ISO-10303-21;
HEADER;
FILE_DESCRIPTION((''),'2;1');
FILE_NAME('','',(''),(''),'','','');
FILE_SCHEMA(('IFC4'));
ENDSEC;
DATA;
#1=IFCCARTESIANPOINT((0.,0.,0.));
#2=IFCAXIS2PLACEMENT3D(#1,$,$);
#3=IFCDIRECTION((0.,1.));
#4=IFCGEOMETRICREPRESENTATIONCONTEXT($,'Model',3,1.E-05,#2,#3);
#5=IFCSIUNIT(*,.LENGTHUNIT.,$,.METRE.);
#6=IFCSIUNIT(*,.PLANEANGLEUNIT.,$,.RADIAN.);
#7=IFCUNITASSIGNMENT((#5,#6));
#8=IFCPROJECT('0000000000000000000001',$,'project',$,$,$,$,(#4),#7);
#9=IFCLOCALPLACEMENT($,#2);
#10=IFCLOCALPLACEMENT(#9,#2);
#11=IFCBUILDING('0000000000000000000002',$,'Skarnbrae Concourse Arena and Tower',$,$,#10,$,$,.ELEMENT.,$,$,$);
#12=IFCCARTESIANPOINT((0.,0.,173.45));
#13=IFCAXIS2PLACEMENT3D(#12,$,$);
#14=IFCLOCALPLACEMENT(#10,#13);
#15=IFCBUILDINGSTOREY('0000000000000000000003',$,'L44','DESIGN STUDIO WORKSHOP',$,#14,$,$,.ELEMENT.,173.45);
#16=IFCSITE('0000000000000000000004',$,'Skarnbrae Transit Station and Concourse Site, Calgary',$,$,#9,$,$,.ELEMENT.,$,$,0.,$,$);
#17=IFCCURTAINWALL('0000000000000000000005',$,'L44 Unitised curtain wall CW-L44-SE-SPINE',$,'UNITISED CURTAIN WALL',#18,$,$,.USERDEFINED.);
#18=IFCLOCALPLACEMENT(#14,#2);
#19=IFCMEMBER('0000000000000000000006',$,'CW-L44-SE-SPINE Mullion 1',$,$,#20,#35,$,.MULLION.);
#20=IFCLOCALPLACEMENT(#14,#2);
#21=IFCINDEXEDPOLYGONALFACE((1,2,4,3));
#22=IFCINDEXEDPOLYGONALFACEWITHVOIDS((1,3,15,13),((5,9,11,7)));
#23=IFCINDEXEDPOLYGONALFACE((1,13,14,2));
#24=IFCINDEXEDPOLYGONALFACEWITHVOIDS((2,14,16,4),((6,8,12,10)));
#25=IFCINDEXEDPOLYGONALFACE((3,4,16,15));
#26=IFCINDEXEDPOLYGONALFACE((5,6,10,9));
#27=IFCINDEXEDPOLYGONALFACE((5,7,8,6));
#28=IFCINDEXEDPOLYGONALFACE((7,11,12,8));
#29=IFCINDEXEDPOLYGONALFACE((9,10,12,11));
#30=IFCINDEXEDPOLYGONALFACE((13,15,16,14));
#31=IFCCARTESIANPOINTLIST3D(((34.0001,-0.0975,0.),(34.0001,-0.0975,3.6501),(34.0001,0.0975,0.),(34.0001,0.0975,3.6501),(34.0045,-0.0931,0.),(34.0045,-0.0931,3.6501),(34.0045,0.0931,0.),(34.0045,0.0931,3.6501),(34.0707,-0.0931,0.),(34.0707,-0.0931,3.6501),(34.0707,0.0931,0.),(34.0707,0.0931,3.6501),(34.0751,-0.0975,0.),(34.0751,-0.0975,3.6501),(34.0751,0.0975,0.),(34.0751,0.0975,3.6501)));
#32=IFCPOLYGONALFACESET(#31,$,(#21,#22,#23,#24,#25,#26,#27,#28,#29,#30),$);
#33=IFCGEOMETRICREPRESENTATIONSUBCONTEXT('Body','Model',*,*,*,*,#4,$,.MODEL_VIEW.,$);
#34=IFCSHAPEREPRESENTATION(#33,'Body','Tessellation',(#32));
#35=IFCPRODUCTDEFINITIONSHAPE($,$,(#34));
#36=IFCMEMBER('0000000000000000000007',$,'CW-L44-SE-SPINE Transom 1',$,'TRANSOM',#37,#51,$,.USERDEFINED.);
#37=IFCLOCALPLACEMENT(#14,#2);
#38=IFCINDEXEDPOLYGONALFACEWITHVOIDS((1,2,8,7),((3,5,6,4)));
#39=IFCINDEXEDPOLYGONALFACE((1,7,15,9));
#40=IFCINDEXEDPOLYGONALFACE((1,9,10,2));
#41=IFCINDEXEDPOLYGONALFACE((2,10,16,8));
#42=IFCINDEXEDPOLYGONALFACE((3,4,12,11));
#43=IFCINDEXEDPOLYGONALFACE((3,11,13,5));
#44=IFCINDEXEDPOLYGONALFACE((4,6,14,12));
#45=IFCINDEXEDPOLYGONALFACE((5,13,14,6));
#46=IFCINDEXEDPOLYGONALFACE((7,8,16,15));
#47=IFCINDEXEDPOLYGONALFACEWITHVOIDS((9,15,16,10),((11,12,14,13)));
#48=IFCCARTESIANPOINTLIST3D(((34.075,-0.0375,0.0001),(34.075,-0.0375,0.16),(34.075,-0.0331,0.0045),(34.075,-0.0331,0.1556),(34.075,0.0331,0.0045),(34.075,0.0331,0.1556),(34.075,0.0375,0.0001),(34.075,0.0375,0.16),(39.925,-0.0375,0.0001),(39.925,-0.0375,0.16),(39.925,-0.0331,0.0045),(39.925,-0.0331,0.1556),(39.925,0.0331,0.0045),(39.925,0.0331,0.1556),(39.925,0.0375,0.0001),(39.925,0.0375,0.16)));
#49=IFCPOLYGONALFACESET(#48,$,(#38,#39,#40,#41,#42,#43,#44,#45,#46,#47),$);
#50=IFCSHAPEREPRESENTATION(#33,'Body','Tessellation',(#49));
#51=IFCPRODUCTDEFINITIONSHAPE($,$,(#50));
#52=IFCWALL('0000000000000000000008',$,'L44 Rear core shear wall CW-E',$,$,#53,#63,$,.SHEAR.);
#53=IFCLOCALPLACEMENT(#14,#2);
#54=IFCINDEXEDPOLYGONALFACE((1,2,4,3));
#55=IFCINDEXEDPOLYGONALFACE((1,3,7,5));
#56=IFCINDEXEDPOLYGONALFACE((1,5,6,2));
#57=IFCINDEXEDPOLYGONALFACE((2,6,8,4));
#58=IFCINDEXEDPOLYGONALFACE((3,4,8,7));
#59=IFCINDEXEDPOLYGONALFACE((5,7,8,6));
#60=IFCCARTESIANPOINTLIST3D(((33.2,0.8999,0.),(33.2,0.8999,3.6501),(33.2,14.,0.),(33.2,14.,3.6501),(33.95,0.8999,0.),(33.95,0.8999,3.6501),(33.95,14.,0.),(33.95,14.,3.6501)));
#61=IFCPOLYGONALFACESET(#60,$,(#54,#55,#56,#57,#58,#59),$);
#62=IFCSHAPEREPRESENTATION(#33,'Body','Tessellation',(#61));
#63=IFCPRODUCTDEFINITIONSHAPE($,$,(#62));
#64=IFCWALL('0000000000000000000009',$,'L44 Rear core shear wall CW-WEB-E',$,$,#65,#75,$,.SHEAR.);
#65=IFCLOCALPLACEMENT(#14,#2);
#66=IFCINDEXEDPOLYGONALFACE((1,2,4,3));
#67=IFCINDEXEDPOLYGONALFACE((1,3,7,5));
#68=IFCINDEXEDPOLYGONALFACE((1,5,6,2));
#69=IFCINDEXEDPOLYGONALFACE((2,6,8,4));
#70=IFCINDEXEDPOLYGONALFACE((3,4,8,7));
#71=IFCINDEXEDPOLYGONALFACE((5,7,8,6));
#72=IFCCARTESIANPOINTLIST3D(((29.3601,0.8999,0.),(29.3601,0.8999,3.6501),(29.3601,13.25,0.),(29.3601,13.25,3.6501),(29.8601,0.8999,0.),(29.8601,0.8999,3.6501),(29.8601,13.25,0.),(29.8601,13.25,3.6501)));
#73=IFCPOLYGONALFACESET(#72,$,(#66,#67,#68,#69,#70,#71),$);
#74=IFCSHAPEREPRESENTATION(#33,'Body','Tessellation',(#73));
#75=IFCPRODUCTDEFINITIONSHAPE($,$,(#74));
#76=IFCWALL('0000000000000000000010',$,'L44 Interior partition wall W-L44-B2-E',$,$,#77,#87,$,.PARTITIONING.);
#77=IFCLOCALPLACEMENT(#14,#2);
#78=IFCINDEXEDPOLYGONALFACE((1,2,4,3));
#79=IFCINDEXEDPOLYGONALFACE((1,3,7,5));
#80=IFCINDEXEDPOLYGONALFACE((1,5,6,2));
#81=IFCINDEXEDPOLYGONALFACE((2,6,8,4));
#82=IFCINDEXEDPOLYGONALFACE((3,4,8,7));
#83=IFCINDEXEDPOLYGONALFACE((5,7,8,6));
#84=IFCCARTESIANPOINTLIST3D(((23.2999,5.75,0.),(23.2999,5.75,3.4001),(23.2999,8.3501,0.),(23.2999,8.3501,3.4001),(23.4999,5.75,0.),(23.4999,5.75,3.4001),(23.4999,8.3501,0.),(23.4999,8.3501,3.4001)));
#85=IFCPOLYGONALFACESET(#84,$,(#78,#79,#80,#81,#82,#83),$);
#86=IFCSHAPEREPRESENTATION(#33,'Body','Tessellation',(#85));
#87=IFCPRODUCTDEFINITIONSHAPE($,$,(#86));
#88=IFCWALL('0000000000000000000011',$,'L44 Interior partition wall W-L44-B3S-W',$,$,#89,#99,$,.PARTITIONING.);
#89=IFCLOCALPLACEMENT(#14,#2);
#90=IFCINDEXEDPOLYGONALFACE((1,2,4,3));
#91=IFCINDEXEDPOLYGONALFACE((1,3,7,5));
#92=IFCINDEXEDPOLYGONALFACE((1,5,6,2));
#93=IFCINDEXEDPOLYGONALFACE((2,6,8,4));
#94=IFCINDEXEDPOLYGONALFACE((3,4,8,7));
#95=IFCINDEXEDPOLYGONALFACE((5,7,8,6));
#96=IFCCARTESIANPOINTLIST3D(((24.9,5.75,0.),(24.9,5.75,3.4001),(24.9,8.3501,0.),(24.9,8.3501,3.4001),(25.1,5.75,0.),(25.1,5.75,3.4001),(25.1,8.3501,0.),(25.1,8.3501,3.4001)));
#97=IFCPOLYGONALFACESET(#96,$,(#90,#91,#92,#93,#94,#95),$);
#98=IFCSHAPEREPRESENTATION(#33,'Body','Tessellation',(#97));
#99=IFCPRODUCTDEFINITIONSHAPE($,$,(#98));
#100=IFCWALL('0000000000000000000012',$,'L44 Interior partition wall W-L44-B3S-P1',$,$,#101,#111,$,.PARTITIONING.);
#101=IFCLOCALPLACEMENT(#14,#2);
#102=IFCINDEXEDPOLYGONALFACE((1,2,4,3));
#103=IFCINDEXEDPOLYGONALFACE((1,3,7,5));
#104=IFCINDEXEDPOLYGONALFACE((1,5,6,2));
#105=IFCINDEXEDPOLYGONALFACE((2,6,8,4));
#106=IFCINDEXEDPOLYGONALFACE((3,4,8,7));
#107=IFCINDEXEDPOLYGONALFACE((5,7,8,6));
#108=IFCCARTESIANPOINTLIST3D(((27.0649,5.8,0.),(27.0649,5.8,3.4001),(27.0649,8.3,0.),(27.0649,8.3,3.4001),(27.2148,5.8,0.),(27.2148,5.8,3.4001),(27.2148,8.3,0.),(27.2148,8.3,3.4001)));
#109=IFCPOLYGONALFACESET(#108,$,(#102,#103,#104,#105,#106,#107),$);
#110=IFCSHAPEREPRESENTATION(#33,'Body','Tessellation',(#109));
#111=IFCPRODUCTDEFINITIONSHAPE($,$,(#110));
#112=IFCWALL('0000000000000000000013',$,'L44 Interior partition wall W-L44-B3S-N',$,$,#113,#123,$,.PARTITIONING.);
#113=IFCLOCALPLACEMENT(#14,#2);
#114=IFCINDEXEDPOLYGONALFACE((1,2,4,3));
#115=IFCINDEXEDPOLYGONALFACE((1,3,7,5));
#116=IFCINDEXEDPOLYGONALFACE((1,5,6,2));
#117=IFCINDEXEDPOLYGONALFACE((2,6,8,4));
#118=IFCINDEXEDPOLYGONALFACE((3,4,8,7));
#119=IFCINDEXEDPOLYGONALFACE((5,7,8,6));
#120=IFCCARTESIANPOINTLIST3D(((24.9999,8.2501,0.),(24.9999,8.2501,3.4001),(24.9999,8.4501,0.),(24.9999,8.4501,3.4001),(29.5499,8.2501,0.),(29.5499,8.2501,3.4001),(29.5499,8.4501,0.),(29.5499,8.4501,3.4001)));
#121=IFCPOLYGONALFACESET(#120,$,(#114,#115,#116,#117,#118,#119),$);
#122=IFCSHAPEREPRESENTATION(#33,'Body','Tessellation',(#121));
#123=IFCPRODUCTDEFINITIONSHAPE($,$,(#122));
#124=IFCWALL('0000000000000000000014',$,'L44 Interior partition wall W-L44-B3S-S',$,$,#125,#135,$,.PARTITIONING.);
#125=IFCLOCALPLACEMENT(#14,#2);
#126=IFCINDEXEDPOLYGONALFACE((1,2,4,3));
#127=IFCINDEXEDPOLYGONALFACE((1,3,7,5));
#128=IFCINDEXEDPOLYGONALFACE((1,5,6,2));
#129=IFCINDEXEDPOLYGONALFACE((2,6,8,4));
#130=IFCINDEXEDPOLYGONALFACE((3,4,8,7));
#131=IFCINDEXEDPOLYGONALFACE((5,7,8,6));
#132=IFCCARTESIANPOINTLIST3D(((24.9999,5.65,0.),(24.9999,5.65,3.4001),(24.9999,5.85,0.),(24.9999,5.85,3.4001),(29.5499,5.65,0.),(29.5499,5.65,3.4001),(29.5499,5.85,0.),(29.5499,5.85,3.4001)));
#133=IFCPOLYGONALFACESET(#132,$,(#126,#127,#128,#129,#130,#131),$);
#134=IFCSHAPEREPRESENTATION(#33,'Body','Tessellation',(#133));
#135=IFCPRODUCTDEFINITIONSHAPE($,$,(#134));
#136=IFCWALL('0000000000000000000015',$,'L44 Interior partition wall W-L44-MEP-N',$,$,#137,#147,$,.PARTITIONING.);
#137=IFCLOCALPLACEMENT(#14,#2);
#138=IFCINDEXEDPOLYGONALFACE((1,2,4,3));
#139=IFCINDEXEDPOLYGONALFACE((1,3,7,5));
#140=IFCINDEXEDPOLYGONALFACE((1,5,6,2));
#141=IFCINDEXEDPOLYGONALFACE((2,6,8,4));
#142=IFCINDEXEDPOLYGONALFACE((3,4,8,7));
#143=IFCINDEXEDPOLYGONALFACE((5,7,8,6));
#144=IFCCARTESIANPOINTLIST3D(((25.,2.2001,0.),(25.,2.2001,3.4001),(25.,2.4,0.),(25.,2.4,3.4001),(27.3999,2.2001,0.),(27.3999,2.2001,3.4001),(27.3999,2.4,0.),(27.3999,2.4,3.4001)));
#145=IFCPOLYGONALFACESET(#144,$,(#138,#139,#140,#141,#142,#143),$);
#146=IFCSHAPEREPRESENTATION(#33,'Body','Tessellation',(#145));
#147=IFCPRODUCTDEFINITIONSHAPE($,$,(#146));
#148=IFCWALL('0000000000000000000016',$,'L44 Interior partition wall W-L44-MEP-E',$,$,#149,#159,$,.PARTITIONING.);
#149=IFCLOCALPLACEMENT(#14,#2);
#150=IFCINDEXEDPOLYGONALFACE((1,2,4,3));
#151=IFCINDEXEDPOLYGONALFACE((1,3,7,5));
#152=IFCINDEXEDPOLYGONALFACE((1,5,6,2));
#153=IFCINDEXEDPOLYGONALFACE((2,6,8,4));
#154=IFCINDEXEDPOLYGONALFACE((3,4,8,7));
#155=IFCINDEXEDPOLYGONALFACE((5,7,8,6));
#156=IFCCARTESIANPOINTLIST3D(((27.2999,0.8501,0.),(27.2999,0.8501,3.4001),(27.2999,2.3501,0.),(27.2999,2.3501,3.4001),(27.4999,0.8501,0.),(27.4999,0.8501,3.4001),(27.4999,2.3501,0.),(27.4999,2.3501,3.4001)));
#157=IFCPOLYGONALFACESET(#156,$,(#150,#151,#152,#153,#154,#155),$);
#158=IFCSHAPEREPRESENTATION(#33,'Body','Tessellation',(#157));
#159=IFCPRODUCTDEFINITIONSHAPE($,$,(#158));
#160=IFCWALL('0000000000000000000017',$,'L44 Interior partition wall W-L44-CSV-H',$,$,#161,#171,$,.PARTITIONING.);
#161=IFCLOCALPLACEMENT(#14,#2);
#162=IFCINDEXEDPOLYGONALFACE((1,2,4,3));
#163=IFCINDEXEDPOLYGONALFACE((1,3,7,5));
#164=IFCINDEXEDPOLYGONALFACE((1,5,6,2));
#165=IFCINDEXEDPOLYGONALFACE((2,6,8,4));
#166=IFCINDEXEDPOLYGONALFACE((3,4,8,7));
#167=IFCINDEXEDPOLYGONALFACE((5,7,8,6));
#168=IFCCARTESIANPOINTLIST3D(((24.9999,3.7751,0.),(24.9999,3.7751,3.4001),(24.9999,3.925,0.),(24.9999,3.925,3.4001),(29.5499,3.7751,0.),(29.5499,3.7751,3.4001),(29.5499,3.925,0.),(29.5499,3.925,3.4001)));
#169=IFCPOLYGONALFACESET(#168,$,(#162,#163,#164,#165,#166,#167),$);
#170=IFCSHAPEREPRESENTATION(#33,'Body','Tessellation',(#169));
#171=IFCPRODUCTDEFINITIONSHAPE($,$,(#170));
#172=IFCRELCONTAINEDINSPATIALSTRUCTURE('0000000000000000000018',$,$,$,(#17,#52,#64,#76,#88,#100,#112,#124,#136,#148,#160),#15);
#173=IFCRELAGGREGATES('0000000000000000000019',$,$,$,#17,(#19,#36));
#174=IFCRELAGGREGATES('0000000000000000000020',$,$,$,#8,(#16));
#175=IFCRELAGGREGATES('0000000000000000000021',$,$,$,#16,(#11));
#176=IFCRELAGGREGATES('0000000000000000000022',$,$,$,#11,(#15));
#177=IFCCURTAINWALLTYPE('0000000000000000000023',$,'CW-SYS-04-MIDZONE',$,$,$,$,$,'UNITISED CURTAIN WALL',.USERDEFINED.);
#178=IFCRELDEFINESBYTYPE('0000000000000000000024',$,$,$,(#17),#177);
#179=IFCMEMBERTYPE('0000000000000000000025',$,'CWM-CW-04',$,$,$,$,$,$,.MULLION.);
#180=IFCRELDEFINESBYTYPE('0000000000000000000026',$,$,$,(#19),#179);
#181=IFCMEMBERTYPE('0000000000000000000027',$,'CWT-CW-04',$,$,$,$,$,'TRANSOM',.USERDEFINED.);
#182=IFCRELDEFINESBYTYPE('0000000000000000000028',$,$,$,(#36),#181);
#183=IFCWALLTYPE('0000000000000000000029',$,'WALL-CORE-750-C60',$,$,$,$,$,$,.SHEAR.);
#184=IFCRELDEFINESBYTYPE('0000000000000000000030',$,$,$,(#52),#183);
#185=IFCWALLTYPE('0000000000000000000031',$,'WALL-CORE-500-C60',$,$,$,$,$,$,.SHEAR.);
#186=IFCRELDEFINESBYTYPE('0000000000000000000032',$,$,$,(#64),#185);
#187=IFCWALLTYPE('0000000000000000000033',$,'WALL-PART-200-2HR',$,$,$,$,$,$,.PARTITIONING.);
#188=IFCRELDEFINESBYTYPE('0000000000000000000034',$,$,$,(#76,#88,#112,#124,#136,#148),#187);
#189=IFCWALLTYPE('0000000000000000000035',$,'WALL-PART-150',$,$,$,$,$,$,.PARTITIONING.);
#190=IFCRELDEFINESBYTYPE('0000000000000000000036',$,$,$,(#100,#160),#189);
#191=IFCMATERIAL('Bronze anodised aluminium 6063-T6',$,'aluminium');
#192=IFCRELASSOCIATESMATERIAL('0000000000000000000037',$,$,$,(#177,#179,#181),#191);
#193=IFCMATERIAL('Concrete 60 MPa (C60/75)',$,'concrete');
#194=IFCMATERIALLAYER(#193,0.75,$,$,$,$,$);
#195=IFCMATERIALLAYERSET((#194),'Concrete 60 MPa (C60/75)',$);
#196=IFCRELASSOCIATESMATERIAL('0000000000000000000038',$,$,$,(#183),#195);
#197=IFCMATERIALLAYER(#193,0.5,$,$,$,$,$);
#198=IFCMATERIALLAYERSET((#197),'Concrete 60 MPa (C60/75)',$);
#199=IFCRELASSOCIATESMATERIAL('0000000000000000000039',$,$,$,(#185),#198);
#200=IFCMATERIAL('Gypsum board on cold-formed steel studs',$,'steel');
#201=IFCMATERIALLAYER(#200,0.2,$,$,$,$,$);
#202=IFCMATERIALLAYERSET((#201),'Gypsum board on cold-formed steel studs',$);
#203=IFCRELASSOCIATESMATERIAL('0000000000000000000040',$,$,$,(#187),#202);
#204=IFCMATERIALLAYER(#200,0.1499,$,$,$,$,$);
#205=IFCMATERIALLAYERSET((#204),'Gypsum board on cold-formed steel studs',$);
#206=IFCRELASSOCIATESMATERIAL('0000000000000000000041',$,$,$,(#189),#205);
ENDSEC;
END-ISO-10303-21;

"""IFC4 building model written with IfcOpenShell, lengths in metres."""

from ifc_helpers import new_model, si_unit, direction, frame, frame_2d, origin, origin_2d, place, context, subcontext, project, spatial, rectangle, hollow_rectangle, extrude, source, transform, mapped, material, layer, layer_set, material_profile, profile_set, type_object, element, aggregate, save


model = new_model("IFC4")

# Units and contexts
model_context = context("Model", 3, precision=1e-05, world=origin(), true_north=direction((0.0, 1.0)))
body_context = subcontext(model_context, "Body", "Model", "MODEL_VIEW")
ifc_project = project(units=[si_unit("LENGTHUNIT", "METRE"), si_unit("PLANEANGLEUNIT", "RADIAN")], contexts=[model_context])

# Site, building, storey
site_placement = place(None, origin())
site = spatial("IfcSite", under=ifc_project, at=site_placement, Name="Skarnbrae Transit Station and Concourse Site, Calgary", CompositionType="ELEMENT", RefElevation=0.0)
building_placement = place(site_placement, origin())
building = spatial("IfcBuilding", under=site, at=building_placement, Name="Skarnbrae Concourse Arena and Tower", CompositionType="ELEMENT")
storey_placement = place(building_placement, frame((0.0, 0.0, 173.45)))
storey = spatial("IfcBuildingStorey", under=building, at=storey_placement, Name="L44", Description="DESIGN STUDIO WORKSHOP", CompositionType="ELEMENT", Elevation=173.45)

# Curtain wall, members
ifc_material_1 = material(Name="Bronze anodised aluminium 6063-T6", Category="aluminium")
curtain_wall_type = type_object("IfcCurtainWallType", Name="CW-SYS-04-MIDZONE", ElementType="UNITISED CURTAIN WALL", PredefinedType="USERDEFINED", material=ifc_material_1)
curtain_wall_placement = place(storey_placement, origin())
curtain_wall = element("IfcCurtainWall", 1, at=curtain_wall_placement, inside=storey, type_object=curtain_wall_type, Name="L44 Unitised curtain wall CW-L44-SE-SPINE", ObjectType="UNITISED CURTAIN WALL", PredefinedType="USERDEFINED")
ifc_material_profile_1 = material_profile(ifc_material_1, hollow_rectangle(XDim=0.075, YDim=0.1951, WallThickness=0.0044, at=origin_2d()), Name="ALU-MULL-75X195")
ifc_profile_set_1 = profile_set([ifc_material_profile_1], Name="Bronze anodised aluminium 6063-T6")
member_type_1 = type_object("IfcMemberType", Name="CWM-CW-04", PredefinedType="MULLION", material=ifc_profile_set_1)
shared_shape_1 = source(origin(), body_context, "Body", "SweptSolid", [
    extrude(hollow_rectangle(XDim=0.075, YDim=0.1951, WallThickness=0.0044, at=origin_2d()), origin(), (0.0, 0.0, 1.0), 3.6501),
])
member_1_placement = place(storey_placement, frame((34.0376, 0.0, 0.0), z_axis=(0.0, 0.0, 1.0), x_axis=(1.0, 0.0, 0.0)))
member_1 = element("IfcMember", 2, at=member_1_placement, type_object=member_type_1, Name="CW-L44-SE-SPINE Mullion 1", PredefinedType="MULLION", context=body_context, shape_type="MappedRepresentation", body=[
    mapped(shared_shape_1, transform((0.0, 0.0, 0.0))),
])
ifc_material_profile_2 = material_profile(ifc_material_1, hollow_rectangle(XDim=0.075, YDim=0.1599, WallThickness=0.0044, at=origin_2d()), Name="ALU-TRAN-75X160")
ifc_profile_set_2 = profile_set([ifc_material_profile_2], Name="Bronze anodised aluminium 6063-T6")
member_type_2 = type_object("IfcMemberType", Name="CWT-CW-04", ElementType="TRANSOM", PredefinedType="USERDEFINED", material=ifc_profile_set_2)
shared_shape_2 = source(origin(), body_context, "Body", "SweptSolid", [
    extrude(hollow_rectangle(XDim=0.075, YDim=0.1599, WallThickness=0.0044, at=origin_2d()), origin(), (0.0, 0.0, 1.0), 5.8501),
])
member_2_placement = place(storey_placement, frame((34.075, 0.0, 0.0801), z_axis=(1.0, 0.0, 0.0), x_axis=(0.0, 1.0, 0.0)))
member_2 = element("IfcMember", 3, at=member_2_placement, type_object=member_type_2, Name="CW-L44-SE-SPINE Transom 1", ObjectType="TRANSOM", PredefinedType="USERDEFINED", context=body_context, shape_type="MappedRepresentation", body=[
    mapped(shared_shape_2, transform((0.0, 0.0, 0.0))),
])
aggregate(curtain_wall, [member_1, member_2])

# Walls
ifc_material_2 = material(Name="Concrete 60 MPa (C60/75)", Category="concrete")
ifc_layer_1 = layer(ifc_material_2, 0.75)
ifc_layer_set_1 = layer_set([ifc_layer_1], Name="Concrete 60 MPa (C60/75)")
wall_type_1 = type_object("IfcWallType", Name="WALL-CORE-750-C60", PredefinedType="SHEAR", material=ifc_layer_set_1)
shared_shape_3 = source(origin(), body_context, "Body", "SweptSolid", [
    extrude(rectangle(XDim=13.1001, YDim=0.75, at=frame_2d((6.55, 0.0))), origin(), (0.0, 0.0, 1.0), 3.6501),
])
wall_1_placement = place(storey_placement, frame((33.575, 0.8999, 0.0), z_axis=(0.0, 0.0, 1.0), x_axis=(0.0, 1.0, 0.0)))
element("IfcWall", 4, at=wall_1_placement, inside=storey, type_object=wall_type_1, Name="L44 Rear core shear wall CW-E", PredefinedType="SHEAR", context=body_context, shape_type="MappedRepresentation", body=[
    mapped(shared_shape_3, transform((0.0, 0.0, 0.0))),
])
ifc_layer_2 = layer(ifc_material_2, 0.5)
ifc_layer_set_2 = layer_set([ifc_layer_2], Name="Concrete 60 MPa (C60/75)")
wall_type_2 = type_object("IfcWallType", Name="WALL-CORE-500-C60", PredefinedType="SHEAR", material=ifc_layer_set_2)
shared_shape_4 = source(origin(), body_context, "Body", "SweptSolid", [
    extrude(rectangle(XDim=12.3501, YDim=0.5, at=frame_2d((6.175, 0.0))), origin(), (0.0, 0.0, 1.0), 3.6501),
])
wall_2_placement = place(storey_placement, frame((29.6101, 0.8999, 0.0), z_axis=(0.0, 0.0, 1.0), x_axis=(0.0, 1.0, 0.0)))
element("IfcWall", 5, at=wall_2_placement, inside=storey, type_object=wall_type_2, Name="L44 Rear core shear wall CW-WEB-E", PredefinedType="SHEAR", context=body_context, shape_type="MappedRepresentation", body=[
    mapped(shared_shape_4, transform((0.0, 0.0, 0.0))),
])
ifc_material_3 = material(Name="Gypsum board on cold-formed steel studs", Category="steel")
ifc_layer_3 = layer(ifc_material_3, 0.2)
ifc_layer_set_3 = layer_set([ifc_layer_3], Name="Gypsum board on cold-formed steel studs")
wall_type_3 = type_object("IfcWallType", Name="WALL-PART-200-2HR", PredefinedType="PARTITIONING", material=ifc_layer_set_3)
shared_shape_5 = source(origin(), body_context, "Body", "SweptSolid", [
    extrude(rectangle(XDim=2.6001, YDim=0.2, at=frame_2d((1.3, 0.0))), origin(), (0.0, 0.0, 1.0), 3.4001),
])
for number, where, z_axis, x_axis, name in (
    (6, (23.3999, 5.75, 0.0), (0.0, 0.0, 1.0), (0.0, 1.0, 0.0), "L44 Interior partition wall W-L44-B2-E"),
    (7, (25.0, 5.75, 0.0), (0.0, 0.0, 1.0), (0.0, 1.0, 0.0), "L44 Interior partition wall W-L44-B3S-W"),
):
    element("IfcWall", number, at=place(storey_placement, frame(where, z_axis=z_axis, x_axis=x_axis)), inside=storey, type_object=wall_type_3, Name=name, PredefinedType="PARTITIONING", context=body_context, shape_type="MappedRepresentation", body=[
        mapped(shared_shape_5, transform((0.0, 0.0, 0.0))),
    ])
ifc_layer_4 = layer(ifc_material_3, 0.1499)
ifc_layer_set_4 = layer_set([ifc_layer_4], Name="Gypsum board on cold-formed steel studs")
wall_type_4 = type_object("IfcWallType", Name="WALL-PART-150", PredefinedType="PARTITIONING", material=ifc_layer_set_4)
shared_shape_6 = source(origin(), body_context, "Body", "SweptSolid", [
    extrude(rectangle(XDim=2.5, YDim=0.1499, at=frame_2d((1.25, 0.0))), origin(), (0.0, 0.0, 1.0), 3.4001),
])
wall_3_placement = place(storey_placement, frame((27.1399, 5.8, 0.0), z_axis=(0.0, 0.0, 1.0), x_axis=(0.0, 1.0, 0.0)))
element("IfcWall", 8, at=wall_3_placement, inside=storey, type_object=wall_type_4, Name="L44 Interior partition wall W-L44-B3S-P1", PredefinedType="PARTITIONING", context=body_context, shape_type="MappedRepresentation", body=[
    mapped(shared_shape_6, transform((0.0, 0.0, 0.0))),
])
shared_shape_7 = source(origin(), body_context, "Body", "SweptSolid", [
    extrude(rectangle(XDim=4.55, YDim=0.2, at=frame_2d((2.2749, 0.0))), origin(), (0.0, 0.0, 1.0), 3.4001),
])
for number, where, z_axis, x_axis, name in (
    (9, (25.0, 8.3501, 0.0), (0.0, 0.0, 1.0), (1.0, 0.0, 0.0), "L44 Interior partition wall W-L44-B3S-N"),
    (10, (25.0, 5.75, 0.0), (0.0, 0.0, 1.0), (1.0, 0.0, 0.0), "L44 Interior partition wall W-L44-B3S-S"),
):
    element("IfcWall", number, at=place(storey_placement, frame(where, z_axis=z_axis, x_axis=x_axis)), inside=storey, type_object=wall_type_3, Name=name, PredefinedType="PARTITIONING", context=body_context, shape_type="MappedRepresentation", body=[
        mapped(shared_shape_7, transform((0.0, 0.0, 0.0))),
    ])

# Walls
shared_shape_8 = source(origin(), body_context, "Body", "SweptSolid", [
    extrude(rectangle(XDim=2.3999, YDim=0.2, at=frame_2d((1.2, 0.0))), origin(), (0.0, 0.0, 1.0), 3.4001),
])
wall_4_placement = place(storey_placement, frame((25.0, 2.3, 0.0), z_axis=(0.0, 0.0, 1.0), x_axis=(1.0, 0.0, 0.0)))
element("IfcWall", 11, at=wall_4_placement, inside=storey, type_object=wall_type_3, Name="L44 Interior partition wall W-L44-MEP-N", PredefinedType="PARTITIONING", context=body_context, shape_type="MappedRepresentation", body=[
    mapped(shared_shape_8, transform((0.0, 0.0, 0.0))),
])
shared_shape_9 = source(origin(), body_context, "Body", "SweptSolid", [
    extrude(rectangle(XDim=1.5, YDim=0.2, at=frame_2d((0.75, 0.0))), origin(), (0.0, 0.0, 1.0), 3.4001),
])
wall_5_placement = place(storey_placement, frame((27.3999, 0.8501, 0.0), z_axis=(0.0, 0.0, 1.0), x_axis=(0.0, 1.0, 0.0)))
element("IfcWall", 12, at=wall_5_placement, inside=storey, type_object=wall_type_3, Name="L44 Interior partition wall W-L44-MEP-E", PredefinedType="PARTITIONING", context=body_context, shape_type="MappedRepresentation", body=[
    mapped(shared_shape_9, transform((0.0, 0.0, 0.0))),
])
shared_shape_10 = source(origin(), body_context, "Body", "SweptSolid", [
    extrude(rectangle(XDim=4.55, YDim=0.1499, at=frame_2d((2.2749, 0.0))), origin(), (0.0, 0.0, 1.0), 3.4001),
])
wall_6_placement = place(storey_placement, frame((25.0, 3.8501, 0.0), z_axis=(0.0, 0.0, 1.0), x_axis=(1.0, 0.0, 0.0)))
element("IfcWall", 13, at=wall_6_placement, inside=storey, type_object=wall_type_4, Name="L44 Interior partition wall W-L44-CSV-H", PredefinedType="PARTITIONING", context=body_context, shape_type="MappedRepresentation", body=[
    mapped(shared_shape_10, transform((0.0, 0.0, 0.0))),
])

save(model, "model.ifc")
